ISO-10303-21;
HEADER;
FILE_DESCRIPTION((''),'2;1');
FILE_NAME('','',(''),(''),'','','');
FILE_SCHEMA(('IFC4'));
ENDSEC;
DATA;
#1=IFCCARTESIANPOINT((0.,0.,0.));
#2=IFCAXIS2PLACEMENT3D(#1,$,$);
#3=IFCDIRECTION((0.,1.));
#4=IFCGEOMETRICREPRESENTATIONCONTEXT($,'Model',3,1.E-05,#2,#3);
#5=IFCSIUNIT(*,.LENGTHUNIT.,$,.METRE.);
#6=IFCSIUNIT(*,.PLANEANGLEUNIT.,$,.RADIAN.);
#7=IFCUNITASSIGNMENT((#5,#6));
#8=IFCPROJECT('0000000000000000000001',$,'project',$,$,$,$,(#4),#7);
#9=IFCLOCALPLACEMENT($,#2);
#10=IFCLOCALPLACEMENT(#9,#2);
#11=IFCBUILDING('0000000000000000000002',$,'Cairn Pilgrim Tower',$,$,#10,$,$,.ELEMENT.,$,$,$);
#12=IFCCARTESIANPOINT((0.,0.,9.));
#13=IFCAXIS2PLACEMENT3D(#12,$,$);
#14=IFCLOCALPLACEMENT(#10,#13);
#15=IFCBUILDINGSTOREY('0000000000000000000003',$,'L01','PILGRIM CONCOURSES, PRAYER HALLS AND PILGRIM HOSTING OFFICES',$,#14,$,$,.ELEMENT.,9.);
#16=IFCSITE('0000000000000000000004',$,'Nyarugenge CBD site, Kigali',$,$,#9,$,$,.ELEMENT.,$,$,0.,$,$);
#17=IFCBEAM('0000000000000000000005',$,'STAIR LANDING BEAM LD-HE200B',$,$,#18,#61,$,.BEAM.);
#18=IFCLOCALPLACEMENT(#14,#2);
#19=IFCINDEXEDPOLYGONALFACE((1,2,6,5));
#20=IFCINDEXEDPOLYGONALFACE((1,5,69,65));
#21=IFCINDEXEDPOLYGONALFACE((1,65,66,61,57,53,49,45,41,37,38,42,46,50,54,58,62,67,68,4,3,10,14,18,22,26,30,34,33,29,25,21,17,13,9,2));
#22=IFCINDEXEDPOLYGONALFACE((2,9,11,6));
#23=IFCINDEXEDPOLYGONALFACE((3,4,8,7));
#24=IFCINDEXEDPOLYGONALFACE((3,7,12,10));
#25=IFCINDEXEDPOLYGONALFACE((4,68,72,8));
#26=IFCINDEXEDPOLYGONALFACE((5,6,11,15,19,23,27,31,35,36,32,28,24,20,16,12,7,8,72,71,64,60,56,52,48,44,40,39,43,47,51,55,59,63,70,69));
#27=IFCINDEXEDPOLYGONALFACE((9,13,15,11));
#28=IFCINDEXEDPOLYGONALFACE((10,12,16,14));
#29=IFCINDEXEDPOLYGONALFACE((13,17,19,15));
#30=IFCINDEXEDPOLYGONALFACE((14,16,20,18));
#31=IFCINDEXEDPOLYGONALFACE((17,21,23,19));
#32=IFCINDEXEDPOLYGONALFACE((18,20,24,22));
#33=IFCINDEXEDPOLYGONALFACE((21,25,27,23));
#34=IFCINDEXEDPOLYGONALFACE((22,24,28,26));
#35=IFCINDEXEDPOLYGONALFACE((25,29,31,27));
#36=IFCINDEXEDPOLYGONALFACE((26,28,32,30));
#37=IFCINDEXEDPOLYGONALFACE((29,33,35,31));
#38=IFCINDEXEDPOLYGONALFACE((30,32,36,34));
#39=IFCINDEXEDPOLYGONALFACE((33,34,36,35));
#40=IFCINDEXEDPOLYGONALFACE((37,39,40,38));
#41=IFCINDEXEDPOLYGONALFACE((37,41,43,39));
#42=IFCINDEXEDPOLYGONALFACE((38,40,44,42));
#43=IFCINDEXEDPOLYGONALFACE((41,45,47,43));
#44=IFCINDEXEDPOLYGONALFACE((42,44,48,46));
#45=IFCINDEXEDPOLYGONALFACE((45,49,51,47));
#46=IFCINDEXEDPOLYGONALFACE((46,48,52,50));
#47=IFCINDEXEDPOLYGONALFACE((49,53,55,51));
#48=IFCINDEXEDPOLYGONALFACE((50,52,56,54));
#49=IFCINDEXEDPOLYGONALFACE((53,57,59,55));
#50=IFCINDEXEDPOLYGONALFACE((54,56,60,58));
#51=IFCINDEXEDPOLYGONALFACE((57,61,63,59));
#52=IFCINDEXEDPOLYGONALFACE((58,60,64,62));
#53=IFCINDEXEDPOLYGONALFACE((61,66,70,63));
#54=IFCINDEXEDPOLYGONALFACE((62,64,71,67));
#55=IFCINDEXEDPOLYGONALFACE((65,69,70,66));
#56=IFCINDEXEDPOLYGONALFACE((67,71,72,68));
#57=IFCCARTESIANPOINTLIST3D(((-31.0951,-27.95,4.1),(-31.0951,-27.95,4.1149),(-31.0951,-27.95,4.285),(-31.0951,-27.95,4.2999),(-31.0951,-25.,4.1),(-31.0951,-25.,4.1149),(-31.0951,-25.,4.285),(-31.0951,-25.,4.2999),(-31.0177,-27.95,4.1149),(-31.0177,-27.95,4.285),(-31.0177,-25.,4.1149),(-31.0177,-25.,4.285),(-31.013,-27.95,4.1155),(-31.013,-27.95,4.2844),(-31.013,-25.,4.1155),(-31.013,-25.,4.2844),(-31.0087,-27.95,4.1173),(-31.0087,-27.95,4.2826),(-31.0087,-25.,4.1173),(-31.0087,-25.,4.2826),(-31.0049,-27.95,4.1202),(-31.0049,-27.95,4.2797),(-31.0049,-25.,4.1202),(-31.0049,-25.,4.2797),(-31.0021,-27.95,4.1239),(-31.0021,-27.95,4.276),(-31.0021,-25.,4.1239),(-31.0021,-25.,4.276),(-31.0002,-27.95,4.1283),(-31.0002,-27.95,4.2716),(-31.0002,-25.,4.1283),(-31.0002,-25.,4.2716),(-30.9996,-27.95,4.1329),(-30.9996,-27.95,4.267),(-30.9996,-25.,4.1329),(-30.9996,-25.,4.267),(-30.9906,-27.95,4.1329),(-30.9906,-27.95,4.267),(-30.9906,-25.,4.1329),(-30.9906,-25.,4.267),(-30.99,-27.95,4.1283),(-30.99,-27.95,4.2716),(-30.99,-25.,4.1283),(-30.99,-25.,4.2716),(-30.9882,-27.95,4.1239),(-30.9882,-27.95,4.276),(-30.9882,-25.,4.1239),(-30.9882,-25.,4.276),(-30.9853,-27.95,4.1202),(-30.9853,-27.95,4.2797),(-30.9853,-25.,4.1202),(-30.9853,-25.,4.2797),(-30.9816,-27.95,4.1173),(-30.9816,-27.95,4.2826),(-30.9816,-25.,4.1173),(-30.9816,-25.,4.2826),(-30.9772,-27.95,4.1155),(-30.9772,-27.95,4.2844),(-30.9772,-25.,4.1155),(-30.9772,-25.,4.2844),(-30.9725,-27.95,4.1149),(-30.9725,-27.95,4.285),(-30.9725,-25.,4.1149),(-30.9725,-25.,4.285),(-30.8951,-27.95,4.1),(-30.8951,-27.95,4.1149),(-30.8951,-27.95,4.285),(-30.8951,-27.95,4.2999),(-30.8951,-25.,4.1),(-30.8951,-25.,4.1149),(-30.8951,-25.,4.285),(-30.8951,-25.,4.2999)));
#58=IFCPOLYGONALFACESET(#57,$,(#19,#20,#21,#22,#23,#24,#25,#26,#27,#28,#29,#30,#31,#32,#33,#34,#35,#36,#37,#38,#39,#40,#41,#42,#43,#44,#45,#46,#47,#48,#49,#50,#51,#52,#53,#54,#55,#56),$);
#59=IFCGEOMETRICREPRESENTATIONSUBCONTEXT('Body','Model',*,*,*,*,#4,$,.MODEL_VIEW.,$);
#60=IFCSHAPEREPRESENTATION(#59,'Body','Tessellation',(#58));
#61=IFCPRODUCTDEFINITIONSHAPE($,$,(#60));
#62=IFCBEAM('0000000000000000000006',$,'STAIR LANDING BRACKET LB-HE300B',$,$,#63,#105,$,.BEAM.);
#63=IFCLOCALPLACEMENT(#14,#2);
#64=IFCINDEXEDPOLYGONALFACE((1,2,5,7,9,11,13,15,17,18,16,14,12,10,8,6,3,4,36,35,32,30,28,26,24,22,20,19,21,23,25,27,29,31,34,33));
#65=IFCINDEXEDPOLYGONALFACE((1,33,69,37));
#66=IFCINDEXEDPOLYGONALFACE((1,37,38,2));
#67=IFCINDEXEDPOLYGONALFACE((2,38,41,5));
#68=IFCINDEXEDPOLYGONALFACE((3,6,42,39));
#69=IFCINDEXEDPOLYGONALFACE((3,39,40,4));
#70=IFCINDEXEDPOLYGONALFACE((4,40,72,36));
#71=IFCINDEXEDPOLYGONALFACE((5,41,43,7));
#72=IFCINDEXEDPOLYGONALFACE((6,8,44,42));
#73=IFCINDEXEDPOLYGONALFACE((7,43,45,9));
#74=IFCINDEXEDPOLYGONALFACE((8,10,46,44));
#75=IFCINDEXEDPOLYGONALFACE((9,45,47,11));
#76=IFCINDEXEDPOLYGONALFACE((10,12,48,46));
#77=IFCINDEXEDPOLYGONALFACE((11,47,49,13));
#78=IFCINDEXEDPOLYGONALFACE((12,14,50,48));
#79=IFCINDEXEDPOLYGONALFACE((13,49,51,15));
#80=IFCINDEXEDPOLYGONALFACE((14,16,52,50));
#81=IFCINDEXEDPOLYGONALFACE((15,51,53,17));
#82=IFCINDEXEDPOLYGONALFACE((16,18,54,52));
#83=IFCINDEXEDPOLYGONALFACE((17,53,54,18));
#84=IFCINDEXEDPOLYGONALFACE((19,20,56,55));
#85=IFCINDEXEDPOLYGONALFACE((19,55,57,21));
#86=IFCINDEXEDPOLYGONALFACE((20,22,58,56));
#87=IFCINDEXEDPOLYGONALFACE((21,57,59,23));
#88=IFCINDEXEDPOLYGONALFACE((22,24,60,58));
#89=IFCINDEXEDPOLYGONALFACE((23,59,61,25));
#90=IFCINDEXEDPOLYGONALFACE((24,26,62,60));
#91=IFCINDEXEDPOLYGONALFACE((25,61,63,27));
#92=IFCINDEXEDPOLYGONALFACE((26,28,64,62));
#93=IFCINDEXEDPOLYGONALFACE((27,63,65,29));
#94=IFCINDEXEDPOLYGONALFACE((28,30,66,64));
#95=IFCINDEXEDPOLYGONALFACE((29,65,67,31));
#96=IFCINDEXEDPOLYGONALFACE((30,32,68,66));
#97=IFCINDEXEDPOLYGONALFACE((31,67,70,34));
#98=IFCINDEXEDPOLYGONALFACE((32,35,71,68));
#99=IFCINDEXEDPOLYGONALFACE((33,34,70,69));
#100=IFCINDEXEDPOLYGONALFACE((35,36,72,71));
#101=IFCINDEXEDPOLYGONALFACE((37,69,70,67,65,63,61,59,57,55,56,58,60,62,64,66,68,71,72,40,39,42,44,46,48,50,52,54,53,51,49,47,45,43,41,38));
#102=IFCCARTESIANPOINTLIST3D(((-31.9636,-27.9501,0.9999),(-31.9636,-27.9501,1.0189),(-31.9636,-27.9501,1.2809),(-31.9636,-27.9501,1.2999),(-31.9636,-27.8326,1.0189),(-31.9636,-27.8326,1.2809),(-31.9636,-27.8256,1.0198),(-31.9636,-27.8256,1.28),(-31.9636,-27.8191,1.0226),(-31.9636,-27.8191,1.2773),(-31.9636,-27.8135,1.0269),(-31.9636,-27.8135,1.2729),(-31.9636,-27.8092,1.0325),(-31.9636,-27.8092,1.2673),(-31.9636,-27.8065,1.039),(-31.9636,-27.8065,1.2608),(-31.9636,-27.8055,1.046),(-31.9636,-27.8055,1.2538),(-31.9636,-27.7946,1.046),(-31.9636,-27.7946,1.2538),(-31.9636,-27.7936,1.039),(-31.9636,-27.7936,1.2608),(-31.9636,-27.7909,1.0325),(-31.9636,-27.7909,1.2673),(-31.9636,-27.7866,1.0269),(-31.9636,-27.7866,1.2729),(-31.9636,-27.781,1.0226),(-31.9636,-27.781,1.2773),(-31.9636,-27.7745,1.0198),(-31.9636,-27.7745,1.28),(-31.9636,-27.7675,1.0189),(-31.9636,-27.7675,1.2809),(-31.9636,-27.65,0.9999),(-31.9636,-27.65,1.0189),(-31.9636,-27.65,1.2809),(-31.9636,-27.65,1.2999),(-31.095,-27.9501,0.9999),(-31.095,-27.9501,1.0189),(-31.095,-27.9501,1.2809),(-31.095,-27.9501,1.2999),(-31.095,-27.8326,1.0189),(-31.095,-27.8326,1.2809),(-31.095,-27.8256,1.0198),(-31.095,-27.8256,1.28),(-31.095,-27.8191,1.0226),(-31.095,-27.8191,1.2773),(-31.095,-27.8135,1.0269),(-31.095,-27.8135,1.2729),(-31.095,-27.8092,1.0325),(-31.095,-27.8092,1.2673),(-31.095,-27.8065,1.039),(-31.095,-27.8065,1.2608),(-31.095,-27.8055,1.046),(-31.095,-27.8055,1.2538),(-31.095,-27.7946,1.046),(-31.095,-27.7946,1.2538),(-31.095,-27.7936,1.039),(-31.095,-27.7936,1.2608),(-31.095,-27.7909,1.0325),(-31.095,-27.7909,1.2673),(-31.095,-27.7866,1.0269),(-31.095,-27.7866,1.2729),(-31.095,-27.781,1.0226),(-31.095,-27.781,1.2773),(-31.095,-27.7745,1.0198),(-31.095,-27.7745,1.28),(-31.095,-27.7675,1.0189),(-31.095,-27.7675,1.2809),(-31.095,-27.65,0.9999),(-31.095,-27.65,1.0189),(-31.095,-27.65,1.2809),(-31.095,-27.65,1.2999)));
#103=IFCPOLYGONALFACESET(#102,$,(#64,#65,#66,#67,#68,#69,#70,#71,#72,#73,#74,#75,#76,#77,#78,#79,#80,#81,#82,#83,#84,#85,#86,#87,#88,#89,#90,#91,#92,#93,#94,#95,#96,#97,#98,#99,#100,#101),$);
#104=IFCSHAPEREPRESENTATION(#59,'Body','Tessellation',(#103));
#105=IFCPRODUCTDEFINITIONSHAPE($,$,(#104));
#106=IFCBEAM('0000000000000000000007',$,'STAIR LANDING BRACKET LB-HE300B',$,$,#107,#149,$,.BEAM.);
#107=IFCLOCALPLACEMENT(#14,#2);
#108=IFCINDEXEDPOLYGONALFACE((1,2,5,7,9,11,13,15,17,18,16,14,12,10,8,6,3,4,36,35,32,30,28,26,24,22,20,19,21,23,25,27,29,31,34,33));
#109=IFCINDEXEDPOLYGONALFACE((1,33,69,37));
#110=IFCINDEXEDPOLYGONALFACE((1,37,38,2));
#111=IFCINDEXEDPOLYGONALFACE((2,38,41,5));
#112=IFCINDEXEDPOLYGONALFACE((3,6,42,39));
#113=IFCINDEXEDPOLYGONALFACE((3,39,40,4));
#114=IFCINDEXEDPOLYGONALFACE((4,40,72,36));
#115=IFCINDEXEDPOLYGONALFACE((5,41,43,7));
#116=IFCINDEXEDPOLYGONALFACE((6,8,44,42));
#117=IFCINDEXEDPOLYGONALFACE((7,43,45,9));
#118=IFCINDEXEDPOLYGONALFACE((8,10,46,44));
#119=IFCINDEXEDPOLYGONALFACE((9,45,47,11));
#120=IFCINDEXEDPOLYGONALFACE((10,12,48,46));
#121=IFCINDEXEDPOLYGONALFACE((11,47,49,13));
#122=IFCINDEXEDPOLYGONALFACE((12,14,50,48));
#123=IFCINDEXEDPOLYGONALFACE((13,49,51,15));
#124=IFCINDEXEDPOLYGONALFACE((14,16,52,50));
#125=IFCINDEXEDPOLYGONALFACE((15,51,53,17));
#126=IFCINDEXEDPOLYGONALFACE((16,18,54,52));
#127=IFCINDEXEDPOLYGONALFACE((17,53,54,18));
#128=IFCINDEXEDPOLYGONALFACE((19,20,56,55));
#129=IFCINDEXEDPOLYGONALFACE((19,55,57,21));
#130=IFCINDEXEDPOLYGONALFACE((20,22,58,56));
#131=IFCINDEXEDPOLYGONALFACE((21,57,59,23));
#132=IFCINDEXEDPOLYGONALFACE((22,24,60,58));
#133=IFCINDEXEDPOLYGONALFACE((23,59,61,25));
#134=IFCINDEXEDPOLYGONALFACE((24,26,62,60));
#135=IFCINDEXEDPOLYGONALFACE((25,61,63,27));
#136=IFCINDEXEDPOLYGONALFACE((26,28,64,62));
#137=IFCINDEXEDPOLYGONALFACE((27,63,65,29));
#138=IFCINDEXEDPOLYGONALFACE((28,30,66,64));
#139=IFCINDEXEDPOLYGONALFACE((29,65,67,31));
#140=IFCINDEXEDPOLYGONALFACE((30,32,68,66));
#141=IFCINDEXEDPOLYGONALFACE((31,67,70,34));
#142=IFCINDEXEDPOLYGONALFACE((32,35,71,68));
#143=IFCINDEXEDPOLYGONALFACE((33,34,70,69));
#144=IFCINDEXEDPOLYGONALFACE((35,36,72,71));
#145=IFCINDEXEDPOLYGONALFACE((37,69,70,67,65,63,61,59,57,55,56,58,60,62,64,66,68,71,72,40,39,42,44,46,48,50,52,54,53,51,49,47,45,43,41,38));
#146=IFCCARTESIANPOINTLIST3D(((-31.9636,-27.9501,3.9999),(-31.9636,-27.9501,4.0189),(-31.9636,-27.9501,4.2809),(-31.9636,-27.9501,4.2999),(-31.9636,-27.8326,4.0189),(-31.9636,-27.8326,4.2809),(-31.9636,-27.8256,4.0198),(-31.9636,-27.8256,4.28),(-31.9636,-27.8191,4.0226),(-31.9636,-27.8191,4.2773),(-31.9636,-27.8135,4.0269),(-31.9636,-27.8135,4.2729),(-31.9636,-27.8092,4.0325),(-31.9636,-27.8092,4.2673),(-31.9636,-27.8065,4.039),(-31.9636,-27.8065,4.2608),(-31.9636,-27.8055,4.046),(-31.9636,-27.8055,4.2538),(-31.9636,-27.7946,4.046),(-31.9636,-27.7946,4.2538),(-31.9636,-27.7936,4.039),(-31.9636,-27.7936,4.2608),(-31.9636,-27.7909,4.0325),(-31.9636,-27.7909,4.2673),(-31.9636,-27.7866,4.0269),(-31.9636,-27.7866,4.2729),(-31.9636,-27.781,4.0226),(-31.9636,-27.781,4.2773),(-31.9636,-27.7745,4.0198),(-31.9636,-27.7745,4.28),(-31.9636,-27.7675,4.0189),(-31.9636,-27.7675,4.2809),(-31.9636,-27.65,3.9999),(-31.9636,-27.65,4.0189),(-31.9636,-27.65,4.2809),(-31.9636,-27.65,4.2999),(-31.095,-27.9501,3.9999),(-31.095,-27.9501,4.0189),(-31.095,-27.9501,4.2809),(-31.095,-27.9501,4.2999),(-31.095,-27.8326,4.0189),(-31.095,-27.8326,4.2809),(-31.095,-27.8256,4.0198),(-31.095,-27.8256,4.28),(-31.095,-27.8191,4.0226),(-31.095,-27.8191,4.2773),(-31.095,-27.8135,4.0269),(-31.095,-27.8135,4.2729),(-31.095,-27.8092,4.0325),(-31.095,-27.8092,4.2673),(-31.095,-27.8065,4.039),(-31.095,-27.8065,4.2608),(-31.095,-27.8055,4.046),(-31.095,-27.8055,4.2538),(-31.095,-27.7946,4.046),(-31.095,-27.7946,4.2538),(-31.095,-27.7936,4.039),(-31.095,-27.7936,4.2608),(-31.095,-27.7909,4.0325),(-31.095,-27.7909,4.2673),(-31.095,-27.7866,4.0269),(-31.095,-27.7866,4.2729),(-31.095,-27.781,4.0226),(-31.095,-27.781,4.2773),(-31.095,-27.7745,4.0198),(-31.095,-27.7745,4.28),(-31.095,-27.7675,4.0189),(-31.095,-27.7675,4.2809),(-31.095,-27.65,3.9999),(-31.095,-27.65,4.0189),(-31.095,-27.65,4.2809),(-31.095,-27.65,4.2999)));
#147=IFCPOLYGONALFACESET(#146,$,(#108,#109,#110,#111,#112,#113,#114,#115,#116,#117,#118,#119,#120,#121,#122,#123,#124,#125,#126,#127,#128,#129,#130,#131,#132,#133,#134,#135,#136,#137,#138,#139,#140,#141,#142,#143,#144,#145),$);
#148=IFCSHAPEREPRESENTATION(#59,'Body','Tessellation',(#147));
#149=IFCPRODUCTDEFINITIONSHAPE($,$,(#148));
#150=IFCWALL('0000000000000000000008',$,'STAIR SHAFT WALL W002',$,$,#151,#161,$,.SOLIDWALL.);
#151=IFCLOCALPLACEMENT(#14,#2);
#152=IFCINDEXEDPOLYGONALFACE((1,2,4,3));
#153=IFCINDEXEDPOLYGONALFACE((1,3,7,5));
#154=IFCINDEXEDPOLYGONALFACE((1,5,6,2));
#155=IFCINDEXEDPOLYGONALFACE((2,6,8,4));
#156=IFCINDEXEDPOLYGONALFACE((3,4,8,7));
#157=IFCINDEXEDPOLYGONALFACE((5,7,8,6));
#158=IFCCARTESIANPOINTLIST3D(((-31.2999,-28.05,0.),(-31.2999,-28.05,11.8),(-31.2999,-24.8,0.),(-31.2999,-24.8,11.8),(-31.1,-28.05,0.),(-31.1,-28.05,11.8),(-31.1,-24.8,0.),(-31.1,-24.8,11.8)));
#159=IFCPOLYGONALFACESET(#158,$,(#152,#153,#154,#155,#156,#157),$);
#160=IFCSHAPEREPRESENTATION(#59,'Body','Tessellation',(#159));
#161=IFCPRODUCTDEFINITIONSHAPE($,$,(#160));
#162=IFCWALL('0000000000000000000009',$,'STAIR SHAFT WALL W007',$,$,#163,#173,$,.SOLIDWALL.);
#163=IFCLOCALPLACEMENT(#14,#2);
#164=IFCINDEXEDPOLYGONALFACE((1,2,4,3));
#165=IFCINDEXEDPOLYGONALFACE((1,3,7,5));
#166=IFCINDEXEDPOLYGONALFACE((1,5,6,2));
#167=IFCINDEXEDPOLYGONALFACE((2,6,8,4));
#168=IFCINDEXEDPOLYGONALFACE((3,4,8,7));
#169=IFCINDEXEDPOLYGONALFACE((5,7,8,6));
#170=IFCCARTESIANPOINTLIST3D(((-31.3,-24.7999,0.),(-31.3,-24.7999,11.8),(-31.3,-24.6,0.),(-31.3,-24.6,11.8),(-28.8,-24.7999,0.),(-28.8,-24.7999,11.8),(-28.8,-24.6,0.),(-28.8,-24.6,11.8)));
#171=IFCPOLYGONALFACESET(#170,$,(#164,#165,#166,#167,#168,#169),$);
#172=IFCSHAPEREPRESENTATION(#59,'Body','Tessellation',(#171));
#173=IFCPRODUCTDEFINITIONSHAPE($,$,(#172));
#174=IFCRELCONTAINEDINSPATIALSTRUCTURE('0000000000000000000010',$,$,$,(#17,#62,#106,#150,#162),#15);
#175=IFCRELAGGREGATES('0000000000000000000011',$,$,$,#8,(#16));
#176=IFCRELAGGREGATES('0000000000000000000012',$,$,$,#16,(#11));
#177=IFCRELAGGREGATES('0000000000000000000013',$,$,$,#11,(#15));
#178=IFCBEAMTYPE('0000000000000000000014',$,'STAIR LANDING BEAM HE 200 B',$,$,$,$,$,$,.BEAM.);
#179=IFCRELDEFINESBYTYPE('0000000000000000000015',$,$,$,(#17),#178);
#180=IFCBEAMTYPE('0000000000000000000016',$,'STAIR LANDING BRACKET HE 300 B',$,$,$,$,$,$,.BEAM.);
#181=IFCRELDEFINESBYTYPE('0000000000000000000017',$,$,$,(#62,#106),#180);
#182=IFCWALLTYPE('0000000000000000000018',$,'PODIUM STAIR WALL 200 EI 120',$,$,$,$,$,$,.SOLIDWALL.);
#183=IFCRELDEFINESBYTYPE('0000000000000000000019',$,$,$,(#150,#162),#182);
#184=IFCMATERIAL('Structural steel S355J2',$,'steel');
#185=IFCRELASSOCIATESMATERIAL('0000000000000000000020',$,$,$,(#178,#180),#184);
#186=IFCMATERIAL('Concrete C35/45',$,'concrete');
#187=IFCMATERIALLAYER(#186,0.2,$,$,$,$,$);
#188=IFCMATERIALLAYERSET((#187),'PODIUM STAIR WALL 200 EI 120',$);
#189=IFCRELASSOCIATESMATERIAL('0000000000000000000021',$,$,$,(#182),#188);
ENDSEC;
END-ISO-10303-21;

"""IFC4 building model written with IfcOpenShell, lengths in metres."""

from ifc_helpers import new_model, si_unit, direction, frame, frame_2d, origin, origin_2d, place, context, subcontext, project, spatial, rectangle, i_section, extrude, material, layer, layer_set, material_profile, profile_set, type_object, element, save


model = new_model("IFC4")

# Units and contexts
model_context = context("Model", 3, precision=1e-05, world=origin(), true_north=direction((0.0, 1.0)))
body_context = subcontext(model_context, "Body", "Model", "MODEL_VIEW")
ifc_project = project(units=[si_unit("LENGTHUNIT", "METRE"), si_unit("PLANEANGLEUNIT", "RADIAN")], contexts=[model_context])

# Site, building, storey
site_placement = place(None, origin())
site = spatial("IfcSite", under=ifc_project, at=site_placement, Name="Nyarugenge CBD site, Kigali", CompositionType="ELEMENT", RefElevation=0.0)
building_placement = place(site_placement, origin())
building = spatial("IfcBuilding", under=site, at=building_placement, Name="Cairn Pilgrim Tower", CompositionType="ELEMENT")
storey_placement = place(building_placement, frame((0.0, 0.0, 9.0)))
storey = spatial("IfcBuildingStorey", under=building, at=storey_placement, Name="L01", Description="PILGRIM CONCOURSES, PRAYER HALLS AND PILGRIM HOSTING OFFICES", CompositionType="ELEMENT", Elevation=9.0)

# Shared definitions
ifc_material_1 = material(Name="Structural steel S355J2", Category="steel")

# Beams
ifc_material_profile_1 = material_profile(ifc_material_1, i_section(OverallWidth=0.2, OverallDepth=0.2, WebThickness=0.009, FlangeThickness=0.0149, FilletRadius=0.0181, at=origin_2d()), Name="HE 200 B")
ifc_profile_set_1 = profile_set([ifc_material_profile_1], Name="Structural steel S355J2")
beam_type_1 = type_object("IfcBeamType", Name="STAIR LANDING BEAM HE 200 B", PredefinedType="BEAM", material=ifc_profile_set_1)
beam_1_placement = place(storey_placement, frame((-30.9951, -27.95, 4.2), z_axis=(0.0, 1.0, 0.0), x_axis=(-1.0, 0.0, 0.0)))
element("IfcBeam", 1, at=beam_1_placement, inside=storey, type_object=beam_type_1, Name="STAIR LANDING BEAM LD-HE200B", PredefinedType="BEAM", context=body_context, shape_type="SweptSolid", body=[
    extrude(i_section(OverallWidth=0.2, OverallDepth=0.2, WebThickness=0.009, FlangeThickness=0.0149, FilletRadius=0.0181, at=origin_2d()), origin(), (0.0, 0.0, 1.0), 2.95),
])
ifc_material_profile_2 = material_profile(ifc_material_1, i_section(OverallWidth=0.3, OverallDepth=0.3, WebThickness=0.011, FlangeThickness=0.019, FilletRadius=0.0271, at=origin_2d()), Name="HE 300 B")
ifc_profile_set_2 = profile_set([ifc_material_profile_2], Name="Structural steel S355J2")
beam_type_2 = type_object("IfcBeamType", Name="STAIR LANDING BRACKET HE 300 B", PredefinedType="BEAM", material=ifc_profile_set_2)
for number, where, z_axis, x_axis, name in (
    (2, (-31.9636, -27.8, 1.1499), (1.0, 0.0, 0.0), (0.0, 1.0, 0.0), "STAIR LANDING BRACKET LB-HE300B"),
    (3, (-31.9636, -27.8, 4.1499), (1.0, 0.0, 0.0), (0.0, 1.0, 0.0), "STAIR LANDING BRACKET LB-HE300B"),
):
    element("IfcBeam", number, at=place(storey_placement, frame(where, z_axis=z_axis, x_axis=x_axis)), inside=storey, type_object=beam_type_2, Name=name, PredefinedType="BEAM", context=body_context, shape_type="SweptSolid", body=[
        extrude(i_section(OverallWidth=0.3, OverallDepth=0.3, WebThickness=0.011, FlangeThickness=0.019, FilletRadius=0.0271, at=origin_2d()), origin(), (0.0, 0.0, 1.0), 0.8687),
    ])

# Walls
ifc_material_2 = material(Name="Concrete C35/45", Category="concrete")
ifc_layer_1 = layer(ifc_material_2, 0.2)
ifc_layer_set_1 = layer_set([ifc_layer_1], Name="PODIUM STAIR WALL 200 EI 120")
wall_type_1 = type_object("IfcWallType", Name="PODIUM STAIR WALL 200 EI 120", PredefinedType="SOLIDWALL", material=ifc_layer_set_1)
wall_1_placement = place(storey_placement, frame((-31.2, -28.05, 0.0), z_axis=(0.0, 0.0, 1.0), x_axis=(0.0, 1.0, 0.0)))
element("IfcWall", 4, at=wall_1_placement, inside=storey, type_object=wall_type_1, Name="STAIR SHAFT WALL W002", PredefinedType="SOLIDWALL", context=body_context, shape_type="SweptSolid", body=[
    extrude(rectangle(XDim=3.25, YDim=0.2, at=frame_2d((1.625, 0.0))), origin(), (0.0, 0.0, 1.0), 11.8),
])
wall_2_placement = place(storey_placement, frame((-31.3, -24.7, 0.0), z_axis=(0.0, 0.0, 1.0), x_axis=(1.0, 0.0, 0.0)))
element("IfcWall", 5, at=wall_2_placement, inside=storey, type_object=wall_type_1, Name="STAIR SHAFT WALL W007", PredefinedType="SOLIDWALL", context=body_context, shape_type="SweptSolid", body=[
    extrude(rectangle(XDim=2.5, YDim=0.2, at=frame_2d((1.25, 0.0))), origin(), (0.0, 0.0, 1.0), 11.8),
])

save(model, "model.ifc")
